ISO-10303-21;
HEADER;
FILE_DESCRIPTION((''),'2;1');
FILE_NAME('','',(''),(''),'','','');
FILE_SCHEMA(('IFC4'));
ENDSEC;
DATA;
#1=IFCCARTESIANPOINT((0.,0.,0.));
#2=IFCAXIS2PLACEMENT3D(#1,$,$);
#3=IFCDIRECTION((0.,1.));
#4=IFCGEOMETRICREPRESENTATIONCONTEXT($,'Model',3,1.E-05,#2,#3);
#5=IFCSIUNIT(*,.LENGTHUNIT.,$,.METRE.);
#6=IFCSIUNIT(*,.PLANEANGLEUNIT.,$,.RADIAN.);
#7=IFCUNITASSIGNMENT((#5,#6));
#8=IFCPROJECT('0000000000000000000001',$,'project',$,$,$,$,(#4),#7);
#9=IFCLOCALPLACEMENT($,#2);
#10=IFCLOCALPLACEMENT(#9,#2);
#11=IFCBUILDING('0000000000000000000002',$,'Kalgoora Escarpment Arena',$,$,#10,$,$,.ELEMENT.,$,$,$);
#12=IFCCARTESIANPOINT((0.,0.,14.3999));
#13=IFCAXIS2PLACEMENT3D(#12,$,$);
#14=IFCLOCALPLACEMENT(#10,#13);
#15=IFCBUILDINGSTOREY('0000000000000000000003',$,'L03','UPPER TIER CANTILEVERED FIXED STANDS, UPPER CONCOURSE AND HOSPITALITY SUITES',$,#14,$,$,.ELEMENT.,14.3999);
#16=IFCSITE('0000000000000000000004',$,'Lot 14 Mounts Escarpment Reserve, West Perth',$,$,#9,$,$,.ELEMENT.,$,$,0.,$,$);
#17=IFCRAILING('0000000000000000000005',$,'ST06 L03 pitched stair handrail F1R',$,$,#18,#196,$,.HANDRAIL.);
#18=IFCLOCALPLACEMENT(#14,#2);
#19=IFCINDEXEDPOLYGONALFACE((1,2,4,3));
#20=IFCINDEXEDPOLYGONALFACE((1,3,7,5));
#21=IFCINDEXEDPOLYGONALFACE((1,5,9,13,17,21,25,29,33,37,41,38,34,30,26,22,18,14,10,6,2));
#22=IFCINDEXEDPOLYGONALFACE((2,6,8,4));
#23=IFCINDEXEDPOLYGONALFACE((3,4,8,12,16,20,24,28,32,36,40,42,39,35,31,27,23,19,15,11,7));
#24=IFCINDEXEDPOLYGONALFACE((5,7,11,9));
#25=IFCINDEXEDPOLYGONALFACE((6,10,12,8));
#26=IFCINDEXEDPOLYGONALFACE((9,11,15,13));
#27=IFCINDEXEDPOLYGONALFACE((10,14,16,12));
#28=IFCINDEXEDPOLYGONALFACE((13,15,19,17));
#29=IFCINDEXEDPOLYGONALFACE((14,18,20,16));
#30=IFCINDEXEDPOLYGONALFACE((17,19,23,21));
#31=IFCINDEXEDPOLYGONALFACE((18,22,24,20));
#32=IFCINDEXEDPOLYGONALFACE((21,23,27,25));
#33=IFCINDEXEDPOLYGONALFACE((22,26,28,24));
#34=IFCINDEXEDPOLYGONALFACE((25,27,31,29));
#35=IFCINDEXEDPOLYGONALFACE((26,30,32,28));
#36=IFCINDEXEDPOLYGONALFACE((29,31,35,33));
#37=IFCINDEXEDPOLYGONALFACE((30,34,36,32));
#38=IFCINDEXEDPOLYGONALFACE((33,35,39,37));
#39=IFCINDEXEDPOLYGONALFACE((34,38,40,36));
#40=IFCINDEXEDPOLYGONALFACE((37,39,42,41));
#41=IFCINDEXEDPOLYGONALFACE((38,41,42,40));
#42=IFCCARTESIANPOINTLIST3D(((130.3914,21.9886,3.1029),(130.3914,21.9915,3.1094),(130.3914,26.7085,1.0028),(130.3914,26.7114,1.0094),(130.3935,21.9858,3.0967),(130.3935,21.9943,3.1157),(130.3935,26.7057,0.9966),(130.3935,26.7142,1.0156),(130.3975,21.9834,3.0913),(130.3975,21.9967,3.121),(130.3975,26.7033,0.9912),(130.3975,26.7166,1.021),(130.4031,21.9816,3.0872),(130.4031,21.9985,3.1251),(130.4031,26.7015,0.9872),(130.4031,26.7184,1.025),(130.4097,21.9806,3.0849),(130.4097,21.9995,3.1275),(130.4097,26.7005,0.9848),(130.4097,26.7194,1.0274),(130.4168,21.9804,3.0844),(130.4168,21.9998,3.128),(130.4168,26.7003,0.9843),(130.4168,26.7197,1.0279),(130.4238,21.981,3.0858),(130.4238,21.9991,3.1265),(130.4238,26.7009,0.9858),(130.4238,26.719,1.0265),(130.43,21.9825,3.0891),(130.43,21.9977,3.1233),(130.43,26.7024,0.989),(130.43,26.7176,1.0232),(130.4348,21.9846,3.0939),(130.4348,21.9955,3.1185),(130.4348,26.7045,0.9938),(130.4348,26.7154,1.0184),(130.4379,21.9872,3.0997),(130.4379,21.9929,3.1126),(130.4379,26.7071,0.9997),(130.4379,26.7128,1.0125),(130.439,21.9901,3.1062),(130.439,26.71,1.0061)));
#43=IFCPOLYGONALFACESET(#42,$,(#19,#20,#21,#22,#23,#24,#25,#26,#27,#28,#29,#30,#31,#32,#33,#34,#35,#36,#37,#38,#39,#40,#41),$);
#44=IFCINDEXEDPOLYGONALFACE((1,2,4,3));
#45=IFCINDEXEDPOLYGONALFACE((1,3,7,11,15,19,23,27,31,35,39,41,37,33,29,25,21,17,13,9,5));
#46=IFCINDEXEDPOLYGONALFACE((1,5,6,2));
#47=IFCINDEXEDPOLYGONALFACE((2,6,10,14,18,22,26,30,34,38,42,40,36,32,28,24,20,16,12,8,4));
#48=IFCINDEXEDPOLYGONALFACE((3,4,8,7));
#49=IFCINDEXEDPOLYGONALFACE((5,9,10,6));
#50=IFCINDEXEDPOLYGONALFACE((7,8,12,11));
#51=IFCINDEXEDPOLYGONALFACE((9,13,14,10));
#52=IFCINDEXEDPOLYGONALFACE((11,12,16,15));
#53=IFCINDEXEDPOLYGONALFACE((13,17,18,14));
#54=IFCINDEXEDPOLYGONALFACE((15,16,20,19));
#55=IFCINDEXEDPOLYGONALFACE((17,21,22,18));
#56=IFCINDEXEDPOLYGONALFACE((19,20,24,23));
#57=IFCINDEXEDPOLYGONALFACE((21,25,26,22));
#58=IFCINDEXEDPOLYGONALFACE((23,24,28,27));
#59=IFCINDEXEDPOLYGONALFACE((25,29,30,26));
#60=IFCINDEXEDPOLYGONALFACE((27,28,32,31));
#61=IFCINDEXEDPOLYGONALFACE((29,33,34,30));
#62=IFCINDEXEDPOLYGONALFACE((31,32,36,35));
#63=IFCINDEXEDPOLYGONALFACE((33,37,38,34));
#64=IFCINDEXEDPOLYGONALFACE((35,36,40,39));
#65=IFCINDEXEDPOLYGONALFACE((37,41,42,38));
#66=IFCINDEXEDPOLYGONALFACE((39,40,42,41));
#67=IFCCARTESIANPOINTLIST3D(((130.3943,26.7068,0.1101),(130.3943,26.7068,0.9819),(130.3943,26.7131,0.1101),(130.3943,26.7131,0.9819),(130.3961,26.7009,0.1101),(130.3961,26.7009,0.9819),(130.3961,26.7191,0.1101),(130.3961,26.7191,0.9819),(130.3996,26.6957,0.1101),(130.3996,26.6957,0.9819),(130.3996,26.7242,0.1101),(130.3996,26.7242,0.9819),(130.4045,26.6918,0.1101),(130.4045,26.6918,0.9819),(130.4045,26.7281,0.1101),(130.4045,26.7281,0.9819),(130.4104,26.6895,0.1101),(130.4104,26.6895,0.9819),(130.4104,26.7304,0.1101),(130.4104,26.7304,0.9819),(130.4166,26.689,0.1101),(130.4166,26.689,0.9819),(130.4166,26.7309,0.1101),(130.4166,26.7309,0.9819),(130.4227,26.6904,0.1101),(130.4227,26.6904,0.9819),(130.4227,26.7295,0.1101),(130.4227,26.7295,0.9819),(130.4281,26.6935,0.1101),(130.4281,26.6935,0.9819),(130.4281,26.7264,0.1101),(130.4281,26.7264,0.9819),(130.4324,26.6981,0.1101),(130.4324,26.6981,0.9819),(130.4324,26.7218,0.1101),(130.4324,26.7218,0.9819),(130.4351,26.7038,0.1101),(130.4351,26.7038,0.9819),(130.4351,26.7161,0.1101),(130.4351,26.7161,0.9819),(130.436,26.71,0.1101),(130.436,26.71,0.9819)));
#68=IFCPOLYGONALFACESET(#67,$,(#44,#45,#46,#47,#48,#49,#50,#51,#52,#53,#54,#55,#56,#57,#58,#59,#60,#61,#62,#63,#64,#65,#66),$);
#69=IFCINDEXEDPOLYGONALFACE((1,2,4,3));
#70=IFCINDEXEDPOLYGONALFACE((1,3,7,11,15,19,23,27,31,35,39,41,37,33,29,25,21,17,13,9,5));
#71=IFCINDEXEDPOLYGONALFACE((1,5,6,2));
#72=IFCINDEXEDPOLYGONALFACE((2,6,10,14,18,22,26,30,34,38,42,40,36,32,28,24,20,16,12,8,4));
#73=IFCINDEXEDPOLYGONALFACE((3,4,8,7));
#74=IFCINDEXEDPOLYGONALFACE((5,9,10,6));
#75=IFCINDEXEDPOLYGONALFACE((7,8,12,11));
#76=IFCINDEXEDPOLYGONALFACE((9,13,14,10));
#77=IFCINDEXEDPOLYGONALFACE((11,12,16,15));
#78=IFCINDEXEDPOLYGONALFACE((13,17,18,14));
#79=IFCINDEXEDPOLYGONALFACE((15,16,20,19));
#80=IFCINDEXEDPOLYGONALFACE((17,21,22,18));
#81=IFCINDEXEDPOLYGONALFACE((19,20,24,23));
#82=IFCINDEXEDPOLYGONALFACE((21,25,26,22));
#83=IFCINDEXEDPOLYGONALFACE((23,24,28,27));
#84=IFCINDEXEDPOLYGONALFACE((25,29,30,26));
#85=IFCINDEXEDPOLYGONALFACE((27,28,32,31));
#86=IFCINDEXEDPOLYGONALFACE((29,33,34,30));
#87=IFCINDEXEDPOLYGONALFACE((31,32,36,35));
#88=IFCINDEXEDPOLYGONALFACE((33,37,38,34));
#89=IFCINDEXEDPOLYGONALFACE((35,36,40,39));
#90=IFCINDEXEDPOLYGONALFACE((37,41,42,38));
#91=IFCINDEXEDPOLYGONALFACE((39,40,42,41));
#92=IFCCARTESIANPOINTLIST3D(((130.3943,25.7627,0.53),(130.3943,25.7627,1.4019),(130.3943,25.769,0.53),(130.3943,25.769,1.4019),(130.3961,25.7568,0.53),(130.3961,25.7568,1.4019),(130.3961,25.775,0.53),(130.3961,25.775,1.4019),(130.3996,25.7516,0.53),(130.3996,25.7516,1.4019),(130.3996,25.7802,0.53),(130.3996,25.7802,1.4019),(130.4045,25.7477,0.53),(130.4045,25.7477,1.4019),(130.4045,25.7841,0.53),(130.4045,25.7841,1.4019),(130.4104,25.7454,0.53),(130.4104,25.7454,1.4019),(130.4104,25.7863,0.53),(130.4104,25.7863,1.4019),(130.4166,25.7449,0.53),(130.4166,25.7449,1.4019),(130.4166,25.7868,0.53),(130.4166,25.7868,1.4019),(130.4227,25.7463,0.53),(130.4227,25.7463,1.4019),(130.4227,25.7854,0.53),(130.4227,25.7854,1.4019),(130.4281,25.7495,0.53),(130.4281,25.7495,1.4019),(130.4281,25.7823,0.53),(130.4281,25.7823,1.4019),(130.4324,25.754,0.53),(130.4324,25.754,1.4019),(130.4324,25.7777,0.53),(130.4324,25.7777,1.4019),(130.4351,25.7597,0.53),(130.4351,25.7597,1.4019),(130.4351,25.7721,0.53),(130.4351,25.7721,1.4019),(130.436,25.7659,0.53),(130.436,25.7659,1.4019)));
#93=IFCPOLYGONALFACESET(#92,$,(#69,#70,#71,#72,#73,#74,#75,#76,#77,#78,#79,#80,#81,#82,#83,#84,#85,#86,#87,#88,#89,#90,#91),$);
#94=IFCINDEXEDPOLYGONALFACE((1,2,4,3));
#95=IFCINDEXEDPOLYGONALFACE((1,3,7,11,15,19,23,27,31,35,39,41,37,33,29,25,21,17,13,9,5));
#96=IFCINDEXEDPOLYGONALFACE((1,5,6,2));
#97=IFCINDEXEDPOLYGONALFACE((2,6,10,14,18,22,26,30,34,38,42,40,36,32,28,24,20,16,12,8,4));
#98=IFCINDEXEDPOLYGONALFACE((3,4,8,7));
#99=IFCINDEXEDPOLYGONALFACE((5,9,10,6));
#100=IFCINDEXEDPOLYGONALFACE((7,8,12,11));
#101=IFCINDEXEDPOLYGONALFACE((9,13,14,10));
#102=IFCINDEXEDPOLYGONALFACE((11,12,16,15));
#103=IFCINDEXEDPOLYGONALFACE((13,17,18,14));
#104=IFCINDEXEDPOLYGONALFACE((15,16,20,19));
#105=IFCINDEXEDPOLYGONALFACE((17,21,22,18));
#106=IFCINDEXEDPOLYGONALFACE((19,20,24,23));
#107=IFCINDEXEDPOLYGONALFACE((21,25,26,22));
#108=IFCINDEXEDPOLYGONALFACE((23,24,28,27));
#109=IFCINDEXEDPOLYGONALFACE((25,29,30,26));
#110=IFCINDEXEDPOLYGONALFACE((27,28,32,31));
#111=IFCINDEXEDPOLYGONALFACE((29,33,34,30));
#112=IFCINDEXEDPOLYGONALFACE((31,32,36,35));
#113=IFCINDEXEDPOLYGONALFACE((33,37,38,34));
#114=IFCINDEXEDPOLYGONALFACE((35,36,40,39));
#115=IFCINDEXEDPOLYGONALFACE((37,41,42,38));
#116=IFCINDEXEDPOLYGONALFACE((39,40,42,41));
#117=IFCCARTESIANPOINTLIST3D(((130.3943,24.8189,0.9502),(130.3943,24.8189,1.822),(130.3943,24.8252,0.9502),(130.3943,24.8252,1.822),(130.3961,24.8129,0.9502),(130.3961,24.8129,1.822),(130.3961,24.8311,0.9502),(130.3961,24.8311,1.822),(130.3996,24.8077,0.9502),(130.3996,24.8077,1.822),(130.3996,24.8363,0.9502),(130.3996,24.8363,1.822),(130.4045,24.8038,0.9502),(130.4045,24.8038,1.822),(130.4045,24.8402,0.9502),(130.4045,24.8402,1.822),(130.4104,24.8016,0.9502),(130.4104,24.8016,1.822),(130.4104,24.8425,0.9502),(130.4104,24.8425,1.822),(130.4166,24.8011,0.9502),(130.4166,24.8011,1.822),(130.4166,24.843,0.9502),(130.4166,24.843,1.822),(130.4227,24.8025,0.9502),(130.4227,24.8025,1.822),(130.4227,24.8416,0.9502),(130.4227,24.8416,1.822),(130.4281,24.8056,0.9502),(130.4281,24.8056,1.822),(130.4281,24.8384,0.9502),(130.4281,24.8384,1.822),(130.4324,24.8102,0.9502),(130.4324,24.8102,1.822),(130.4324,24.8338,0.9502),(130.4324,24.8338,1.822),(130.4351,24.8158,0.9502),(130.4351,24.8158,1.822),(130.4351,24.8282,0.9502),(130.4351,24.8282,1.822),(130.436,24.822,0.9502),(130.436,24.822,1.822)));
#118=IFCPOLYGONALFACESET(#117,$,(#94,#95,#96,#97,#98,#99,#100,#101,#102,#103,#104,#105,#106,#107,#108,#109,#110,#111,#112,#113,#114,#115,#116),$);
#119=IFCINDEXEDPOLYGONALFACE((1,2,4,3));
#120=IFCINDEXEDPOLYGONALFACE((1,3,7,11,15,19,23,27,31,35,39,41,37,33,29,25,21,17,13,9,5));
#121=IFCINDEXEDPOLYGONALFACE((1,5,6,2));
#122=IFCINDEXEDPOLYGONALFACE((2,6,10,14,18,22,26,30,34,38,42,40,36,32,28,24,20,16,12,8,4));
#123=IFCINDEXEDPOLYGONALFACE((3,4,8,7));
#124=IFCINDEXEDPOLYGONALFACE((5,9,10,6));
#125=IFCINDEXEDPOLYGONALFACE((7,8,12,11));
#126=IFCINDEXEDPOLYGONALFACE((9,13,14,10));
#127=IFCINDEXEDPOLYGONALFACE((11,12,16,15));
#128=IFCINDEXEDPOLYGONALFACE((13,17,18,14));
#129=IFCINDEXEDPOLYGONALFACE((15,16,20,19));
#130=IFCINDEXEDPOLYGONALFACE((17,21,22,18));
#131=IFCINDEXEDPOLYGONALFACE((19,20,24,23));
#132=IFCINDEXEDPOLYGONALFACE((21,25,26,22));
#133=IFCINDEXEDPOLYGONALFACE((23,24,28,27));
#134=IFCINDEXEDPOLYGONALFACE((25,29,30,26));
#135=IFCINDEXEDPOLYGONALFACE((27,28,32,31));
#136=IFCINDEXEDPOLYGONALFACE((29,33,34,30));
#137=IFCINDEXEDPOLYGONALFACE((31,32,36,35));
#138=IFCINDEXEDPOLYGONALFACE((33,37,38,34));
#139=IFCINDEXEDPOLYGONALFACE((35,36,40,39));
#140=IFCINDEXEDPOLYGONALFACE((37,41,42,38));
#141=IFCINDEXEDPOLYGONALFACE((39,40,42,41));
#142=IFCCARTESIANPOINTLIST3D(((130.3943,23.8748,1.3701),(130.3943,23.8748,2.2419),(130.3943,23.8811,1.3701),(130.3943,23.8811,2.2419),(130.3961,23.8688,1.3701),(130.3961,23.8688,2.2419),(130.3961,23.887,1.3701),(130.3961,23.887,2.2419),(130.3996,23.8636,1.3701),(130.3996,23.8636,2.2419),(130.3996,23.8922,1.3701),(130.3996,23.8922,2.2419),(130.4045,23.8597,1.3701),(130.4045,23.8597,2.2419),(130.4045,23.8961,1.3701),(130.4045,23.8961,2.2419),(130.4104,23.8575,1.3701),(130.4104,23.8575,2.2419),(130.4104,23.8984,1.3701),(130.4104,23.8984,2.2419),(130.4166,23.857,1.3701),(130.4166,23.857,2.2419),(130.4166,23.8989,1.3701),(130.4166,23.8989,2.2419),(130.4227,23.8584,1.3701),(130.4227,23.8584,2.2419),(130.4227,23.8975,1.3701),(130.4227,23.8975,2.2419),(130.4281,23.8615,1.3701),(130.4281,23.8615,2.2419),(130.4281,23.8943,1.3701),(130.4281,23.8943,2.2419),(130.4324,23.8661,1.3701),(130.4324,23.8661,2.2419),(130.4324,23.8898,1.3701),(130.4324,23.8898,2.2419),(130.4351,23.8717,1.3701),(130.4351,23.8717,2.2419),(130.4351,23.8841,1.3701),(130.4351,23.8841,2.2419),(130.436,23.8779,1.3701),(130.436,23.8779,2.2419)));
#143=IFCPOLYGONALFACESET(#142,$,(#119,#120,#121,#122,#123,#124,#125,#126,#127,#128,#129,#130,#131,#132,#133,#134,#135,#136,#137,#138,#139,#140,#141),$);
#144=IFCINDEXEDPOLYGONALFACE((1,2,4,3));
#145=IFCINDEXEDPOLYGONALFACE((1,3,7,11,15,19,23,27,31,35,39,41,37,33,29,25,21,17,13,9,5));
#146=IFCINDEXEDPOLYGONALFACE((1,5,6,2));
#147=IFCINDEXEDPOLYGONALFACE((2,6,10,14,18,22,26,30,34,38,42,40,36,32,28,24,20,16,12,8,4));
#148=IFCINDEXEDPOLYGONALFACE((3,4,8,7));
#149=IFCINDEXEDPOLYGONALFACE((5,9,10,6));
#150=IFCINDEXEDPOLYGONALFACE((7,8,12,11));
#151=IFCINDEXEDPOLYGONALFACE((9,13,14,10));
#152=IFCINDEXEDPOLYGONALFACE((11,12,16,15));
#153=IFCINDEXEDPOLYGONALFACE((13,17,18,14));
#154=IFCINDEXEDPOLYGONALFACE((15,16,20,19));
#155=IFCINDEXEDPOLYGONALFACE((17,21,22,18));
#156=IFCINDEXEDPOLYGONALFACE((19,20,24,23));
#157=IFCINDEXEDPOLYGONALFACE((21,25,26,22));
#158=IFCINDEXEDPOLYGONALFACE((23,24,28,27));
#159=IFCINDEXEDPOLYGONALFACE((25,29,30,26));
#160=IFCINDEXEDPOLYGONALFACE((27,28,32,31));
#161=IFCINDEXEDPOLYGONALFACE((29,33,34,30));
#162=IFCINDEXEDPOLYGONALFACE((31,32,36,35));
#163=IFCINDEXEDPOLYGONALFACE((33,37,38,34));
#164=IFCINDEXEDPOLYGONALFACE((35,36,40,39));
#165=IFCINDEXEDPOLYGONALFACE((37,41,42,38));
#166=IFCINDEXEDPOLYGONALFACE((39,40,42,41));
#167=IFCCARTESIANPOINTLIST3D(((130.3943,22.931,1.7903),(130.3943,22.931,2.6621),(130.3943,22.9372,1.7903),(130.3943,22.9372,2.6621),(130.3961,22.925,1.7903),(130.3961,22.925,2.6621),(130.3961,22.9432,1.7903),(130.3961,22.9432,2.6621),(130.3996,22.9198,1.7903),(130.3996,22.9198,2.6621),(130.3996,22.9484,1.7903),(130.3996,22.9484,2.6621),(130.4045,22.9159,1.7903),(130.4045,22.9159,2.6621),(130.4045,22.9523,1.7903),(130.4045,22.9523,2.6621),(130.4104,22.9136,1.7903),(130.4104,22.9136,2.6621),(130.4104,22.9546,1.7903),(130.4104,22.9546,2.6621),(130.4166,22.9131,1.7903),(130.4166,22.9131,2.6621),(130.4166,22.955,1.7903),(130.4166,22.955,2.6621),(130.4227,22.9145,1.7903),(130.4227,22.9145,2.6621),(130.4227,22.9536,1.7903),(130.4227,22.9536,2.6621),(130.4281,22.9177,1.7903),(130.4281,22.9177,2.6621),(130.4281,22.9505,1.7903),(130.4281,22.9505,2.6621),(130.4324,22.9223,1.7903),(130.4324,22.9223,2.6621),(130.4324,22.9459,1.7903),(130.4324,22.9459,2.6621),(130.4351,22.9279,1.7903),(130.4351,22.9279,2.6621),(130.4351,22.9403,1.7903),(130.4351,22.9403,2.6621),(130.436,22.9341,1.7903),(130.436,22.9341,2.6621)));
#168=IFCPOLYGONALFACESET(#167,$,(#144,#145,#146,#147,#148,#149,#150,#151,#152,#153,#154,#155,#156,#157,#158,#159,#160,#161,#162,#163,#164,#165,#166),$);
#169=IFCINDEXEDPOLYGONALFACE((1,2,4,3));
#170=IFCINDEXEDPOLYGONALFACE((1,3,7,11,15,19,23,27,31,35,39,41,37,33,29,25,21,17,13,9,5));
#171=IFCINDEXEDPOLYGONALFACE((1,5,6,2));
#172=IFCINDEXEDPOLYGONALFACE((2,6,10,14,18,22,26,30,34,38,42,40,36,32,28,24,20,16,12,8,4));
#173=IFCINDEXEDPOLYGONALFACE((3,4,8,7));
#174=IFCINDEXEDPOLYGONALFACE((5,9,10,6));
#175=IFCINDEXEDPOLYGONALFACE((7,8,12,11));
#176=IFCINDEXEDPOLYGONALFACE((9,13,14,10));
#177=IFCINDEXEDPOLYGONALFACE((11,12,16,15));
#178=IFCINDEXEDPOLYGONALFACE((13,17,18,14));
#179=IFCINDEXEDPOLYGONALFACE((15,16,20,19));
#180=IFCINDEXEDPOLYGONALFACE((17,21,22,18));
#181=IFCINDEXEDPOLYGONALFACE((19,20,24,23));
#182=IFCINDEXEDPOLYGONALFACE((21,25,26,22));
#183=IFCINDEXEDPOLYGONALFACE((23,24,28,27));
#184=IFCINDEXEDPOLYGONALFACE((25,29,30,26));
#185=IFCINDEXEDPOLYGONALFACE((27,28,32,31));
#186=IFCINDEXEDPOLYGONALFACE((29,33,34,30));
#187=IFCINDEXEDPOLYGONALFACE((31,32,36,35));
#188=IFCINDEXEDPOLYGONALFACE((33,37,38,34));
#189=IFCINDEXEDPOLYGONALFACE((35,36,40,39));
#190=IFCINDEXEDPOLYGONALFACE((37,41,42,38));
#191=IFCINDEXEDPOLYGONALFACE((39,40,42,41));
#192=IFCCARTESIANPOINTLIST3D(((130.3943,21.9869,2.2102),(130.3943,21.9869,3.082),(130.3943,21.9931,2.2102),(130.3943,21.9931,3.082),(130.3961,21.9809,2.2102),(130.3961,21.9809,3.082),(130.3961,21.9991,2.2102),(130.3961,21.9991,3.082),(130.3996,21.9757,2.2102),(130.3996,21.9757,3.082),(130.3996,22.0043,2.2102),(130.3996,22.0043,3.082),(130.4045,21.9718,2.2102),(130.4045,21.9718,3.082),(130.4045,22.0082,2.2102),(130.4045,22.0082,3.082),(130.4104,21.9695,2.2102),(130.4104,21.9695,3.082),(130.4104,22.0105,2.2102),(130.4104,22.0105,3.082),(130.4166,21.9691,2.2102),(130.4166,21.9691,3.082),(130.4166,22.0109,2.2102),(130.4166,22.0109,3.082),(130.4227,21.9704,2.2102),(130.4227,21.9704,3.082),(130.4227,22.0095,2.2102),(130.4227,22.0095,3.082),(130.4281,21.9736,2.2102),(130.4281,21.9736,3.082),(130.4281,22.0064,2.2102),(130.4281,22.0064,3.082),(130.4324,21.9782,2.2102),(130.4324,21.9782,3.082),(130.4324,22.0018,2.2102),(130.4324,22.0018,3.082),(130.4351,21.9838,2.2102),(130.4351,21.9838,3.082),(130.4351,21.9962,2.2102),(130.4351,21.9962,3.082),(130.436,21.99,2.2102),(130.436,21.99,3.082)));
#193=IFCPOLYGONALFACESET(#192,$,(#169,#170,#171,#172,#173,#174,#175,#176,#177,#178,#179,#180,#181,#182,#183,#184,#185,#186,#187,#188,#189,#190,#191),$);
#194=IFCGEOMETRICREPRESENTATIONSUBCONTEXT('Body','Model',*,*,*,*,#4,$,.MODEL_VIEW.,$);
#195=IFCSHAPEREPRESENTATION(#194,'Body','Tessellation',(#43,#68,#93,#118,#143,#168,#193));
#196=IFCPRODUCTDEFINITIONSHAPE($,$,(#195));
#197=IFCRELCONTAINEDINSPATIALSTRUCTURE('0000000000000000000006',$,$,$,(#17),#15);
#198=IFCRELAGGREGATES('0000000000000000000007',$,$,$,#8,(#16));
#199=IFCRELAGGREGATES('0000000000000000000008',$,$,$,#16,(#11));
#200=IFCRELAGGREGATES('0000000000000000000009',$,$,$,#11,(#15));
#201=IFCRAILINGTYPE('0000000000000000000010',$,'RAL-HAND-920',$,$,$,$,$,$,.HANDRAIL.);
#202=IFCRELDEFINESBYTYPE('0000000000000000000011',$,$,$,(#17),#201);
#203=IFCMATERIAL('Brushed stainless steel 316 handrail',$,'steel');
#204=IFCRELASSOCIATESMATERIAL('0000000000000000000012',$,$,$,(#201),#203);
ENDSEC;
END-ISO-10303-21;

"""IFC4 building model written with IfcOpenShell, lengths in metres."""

from ifc_helpers import new_model, si_unit, direction, frame, origin, origin_2d, place, context, subcontext, project, spatial, circle, extrude, material, type_object, element, save


model = new_model("IFC4")

# Units and contexts
model_context = context("Model", 3, precision=1e-05, world=origin(), true_north=direction((0.0, 1.0)))
body_context = subcontext(model_context, "Body", "Model", "MODEL_VIEW")
ifc_project = project(units=[si_unit("LENGTHUNIT", "METRE"), si_unit("PLANEANGLEUNIT", "RADIAN")], contexts=[model_context])

# Site, building, storey
site_placement = place(None, origin())
site = spatial("IfcSite", under=ifc_project, at=site_placement, Name="Lot 14 Mounts Escarpment Reserve, West Perth", CompositionType="ELEMENT", RefElevation=0.0)
building_placement = place(site_placement, origin())
building = spatial("IfcBuilding", under=site, at=building_placement, Name="Kalgoora Escarpment Arena", CompositionType="ELEMENT")
storey_placement = place(building_placement, frame((0.0, 0.0, 14.3999)))
storey = spatial("IfcBuildingStorey", under=building, at=storey_placement, Name="L03", Description="UPPER TIER CANTILEVERED FIXED STANDS, UPPER CONCOURSE AND HOSPITALITY SUITES", CompositionType="ELEMENT", Elevation=14.3999)

# Railing
ifc_material_1 = material(Name="Brushed stainless steel 316 handrail", Category="steel")
railing_type_1 = type_object("IfcRailingType", Name="RAL-HAND-920", PredefinedType="HANDRAIL", material=ifc_material_1)
for number, where, name in (
    (1, (130.415, 26.71, 0.1101), "ST06 L03 pitched stair handrail F1R"),
):
    element("IfcRailing", number, at=place(storey_placement, frame(where)), inside=storey, type_object=railing_type_1, Name=name, PredefinedType="HANDRAIL", context=body_context, shape_type="SweptSolid", body=[
        extrude(circle(Radius=0.0239, at=origin_2d()), frame((0.0, 0.0, 0.896), z_axis=(0.0, -0.913644, 0.406516), x_axis=(1.0, 0.0, 0.0)), (0.0, 0.0, 1.0), 5.166),
        extrude(circle(Radius=0.021, at=origin_2d()), origin(), (0.0, 0.0, 1.0), 0.8718),
        extrude(circle(Radius=0.021, at=origin_2d()), frame((0.0, -0.9441, 0.4199)), (0.0, 0.0, 1.0), 0.8718),
        extrude(circle(Radius=0.021, at=origin_2d()), frame((0.0, -1.8879, 0.8401)), (0.0, 0.0, 1.0), 0.8718),
        extrude(circle(Radius=0.021, at=origin_2d()), frame((0.0, -2.832, 1.26)), (0.0, 0.0, 1.0), 0.8718),
        extrude(circle(Radius=0.021, at=origin_2d()), frame((0.0, -3.7759, 1.6802)), (0.0, 0.0, 1.0), 0.8718),
        extrude(circle(Radius=0.021, at=origin_2d()), frame((0.0, -4.72, 2.1001)), (0.0, 0.0, 1.0), 0.8718),
    ])

save(model, "model.ifc")
